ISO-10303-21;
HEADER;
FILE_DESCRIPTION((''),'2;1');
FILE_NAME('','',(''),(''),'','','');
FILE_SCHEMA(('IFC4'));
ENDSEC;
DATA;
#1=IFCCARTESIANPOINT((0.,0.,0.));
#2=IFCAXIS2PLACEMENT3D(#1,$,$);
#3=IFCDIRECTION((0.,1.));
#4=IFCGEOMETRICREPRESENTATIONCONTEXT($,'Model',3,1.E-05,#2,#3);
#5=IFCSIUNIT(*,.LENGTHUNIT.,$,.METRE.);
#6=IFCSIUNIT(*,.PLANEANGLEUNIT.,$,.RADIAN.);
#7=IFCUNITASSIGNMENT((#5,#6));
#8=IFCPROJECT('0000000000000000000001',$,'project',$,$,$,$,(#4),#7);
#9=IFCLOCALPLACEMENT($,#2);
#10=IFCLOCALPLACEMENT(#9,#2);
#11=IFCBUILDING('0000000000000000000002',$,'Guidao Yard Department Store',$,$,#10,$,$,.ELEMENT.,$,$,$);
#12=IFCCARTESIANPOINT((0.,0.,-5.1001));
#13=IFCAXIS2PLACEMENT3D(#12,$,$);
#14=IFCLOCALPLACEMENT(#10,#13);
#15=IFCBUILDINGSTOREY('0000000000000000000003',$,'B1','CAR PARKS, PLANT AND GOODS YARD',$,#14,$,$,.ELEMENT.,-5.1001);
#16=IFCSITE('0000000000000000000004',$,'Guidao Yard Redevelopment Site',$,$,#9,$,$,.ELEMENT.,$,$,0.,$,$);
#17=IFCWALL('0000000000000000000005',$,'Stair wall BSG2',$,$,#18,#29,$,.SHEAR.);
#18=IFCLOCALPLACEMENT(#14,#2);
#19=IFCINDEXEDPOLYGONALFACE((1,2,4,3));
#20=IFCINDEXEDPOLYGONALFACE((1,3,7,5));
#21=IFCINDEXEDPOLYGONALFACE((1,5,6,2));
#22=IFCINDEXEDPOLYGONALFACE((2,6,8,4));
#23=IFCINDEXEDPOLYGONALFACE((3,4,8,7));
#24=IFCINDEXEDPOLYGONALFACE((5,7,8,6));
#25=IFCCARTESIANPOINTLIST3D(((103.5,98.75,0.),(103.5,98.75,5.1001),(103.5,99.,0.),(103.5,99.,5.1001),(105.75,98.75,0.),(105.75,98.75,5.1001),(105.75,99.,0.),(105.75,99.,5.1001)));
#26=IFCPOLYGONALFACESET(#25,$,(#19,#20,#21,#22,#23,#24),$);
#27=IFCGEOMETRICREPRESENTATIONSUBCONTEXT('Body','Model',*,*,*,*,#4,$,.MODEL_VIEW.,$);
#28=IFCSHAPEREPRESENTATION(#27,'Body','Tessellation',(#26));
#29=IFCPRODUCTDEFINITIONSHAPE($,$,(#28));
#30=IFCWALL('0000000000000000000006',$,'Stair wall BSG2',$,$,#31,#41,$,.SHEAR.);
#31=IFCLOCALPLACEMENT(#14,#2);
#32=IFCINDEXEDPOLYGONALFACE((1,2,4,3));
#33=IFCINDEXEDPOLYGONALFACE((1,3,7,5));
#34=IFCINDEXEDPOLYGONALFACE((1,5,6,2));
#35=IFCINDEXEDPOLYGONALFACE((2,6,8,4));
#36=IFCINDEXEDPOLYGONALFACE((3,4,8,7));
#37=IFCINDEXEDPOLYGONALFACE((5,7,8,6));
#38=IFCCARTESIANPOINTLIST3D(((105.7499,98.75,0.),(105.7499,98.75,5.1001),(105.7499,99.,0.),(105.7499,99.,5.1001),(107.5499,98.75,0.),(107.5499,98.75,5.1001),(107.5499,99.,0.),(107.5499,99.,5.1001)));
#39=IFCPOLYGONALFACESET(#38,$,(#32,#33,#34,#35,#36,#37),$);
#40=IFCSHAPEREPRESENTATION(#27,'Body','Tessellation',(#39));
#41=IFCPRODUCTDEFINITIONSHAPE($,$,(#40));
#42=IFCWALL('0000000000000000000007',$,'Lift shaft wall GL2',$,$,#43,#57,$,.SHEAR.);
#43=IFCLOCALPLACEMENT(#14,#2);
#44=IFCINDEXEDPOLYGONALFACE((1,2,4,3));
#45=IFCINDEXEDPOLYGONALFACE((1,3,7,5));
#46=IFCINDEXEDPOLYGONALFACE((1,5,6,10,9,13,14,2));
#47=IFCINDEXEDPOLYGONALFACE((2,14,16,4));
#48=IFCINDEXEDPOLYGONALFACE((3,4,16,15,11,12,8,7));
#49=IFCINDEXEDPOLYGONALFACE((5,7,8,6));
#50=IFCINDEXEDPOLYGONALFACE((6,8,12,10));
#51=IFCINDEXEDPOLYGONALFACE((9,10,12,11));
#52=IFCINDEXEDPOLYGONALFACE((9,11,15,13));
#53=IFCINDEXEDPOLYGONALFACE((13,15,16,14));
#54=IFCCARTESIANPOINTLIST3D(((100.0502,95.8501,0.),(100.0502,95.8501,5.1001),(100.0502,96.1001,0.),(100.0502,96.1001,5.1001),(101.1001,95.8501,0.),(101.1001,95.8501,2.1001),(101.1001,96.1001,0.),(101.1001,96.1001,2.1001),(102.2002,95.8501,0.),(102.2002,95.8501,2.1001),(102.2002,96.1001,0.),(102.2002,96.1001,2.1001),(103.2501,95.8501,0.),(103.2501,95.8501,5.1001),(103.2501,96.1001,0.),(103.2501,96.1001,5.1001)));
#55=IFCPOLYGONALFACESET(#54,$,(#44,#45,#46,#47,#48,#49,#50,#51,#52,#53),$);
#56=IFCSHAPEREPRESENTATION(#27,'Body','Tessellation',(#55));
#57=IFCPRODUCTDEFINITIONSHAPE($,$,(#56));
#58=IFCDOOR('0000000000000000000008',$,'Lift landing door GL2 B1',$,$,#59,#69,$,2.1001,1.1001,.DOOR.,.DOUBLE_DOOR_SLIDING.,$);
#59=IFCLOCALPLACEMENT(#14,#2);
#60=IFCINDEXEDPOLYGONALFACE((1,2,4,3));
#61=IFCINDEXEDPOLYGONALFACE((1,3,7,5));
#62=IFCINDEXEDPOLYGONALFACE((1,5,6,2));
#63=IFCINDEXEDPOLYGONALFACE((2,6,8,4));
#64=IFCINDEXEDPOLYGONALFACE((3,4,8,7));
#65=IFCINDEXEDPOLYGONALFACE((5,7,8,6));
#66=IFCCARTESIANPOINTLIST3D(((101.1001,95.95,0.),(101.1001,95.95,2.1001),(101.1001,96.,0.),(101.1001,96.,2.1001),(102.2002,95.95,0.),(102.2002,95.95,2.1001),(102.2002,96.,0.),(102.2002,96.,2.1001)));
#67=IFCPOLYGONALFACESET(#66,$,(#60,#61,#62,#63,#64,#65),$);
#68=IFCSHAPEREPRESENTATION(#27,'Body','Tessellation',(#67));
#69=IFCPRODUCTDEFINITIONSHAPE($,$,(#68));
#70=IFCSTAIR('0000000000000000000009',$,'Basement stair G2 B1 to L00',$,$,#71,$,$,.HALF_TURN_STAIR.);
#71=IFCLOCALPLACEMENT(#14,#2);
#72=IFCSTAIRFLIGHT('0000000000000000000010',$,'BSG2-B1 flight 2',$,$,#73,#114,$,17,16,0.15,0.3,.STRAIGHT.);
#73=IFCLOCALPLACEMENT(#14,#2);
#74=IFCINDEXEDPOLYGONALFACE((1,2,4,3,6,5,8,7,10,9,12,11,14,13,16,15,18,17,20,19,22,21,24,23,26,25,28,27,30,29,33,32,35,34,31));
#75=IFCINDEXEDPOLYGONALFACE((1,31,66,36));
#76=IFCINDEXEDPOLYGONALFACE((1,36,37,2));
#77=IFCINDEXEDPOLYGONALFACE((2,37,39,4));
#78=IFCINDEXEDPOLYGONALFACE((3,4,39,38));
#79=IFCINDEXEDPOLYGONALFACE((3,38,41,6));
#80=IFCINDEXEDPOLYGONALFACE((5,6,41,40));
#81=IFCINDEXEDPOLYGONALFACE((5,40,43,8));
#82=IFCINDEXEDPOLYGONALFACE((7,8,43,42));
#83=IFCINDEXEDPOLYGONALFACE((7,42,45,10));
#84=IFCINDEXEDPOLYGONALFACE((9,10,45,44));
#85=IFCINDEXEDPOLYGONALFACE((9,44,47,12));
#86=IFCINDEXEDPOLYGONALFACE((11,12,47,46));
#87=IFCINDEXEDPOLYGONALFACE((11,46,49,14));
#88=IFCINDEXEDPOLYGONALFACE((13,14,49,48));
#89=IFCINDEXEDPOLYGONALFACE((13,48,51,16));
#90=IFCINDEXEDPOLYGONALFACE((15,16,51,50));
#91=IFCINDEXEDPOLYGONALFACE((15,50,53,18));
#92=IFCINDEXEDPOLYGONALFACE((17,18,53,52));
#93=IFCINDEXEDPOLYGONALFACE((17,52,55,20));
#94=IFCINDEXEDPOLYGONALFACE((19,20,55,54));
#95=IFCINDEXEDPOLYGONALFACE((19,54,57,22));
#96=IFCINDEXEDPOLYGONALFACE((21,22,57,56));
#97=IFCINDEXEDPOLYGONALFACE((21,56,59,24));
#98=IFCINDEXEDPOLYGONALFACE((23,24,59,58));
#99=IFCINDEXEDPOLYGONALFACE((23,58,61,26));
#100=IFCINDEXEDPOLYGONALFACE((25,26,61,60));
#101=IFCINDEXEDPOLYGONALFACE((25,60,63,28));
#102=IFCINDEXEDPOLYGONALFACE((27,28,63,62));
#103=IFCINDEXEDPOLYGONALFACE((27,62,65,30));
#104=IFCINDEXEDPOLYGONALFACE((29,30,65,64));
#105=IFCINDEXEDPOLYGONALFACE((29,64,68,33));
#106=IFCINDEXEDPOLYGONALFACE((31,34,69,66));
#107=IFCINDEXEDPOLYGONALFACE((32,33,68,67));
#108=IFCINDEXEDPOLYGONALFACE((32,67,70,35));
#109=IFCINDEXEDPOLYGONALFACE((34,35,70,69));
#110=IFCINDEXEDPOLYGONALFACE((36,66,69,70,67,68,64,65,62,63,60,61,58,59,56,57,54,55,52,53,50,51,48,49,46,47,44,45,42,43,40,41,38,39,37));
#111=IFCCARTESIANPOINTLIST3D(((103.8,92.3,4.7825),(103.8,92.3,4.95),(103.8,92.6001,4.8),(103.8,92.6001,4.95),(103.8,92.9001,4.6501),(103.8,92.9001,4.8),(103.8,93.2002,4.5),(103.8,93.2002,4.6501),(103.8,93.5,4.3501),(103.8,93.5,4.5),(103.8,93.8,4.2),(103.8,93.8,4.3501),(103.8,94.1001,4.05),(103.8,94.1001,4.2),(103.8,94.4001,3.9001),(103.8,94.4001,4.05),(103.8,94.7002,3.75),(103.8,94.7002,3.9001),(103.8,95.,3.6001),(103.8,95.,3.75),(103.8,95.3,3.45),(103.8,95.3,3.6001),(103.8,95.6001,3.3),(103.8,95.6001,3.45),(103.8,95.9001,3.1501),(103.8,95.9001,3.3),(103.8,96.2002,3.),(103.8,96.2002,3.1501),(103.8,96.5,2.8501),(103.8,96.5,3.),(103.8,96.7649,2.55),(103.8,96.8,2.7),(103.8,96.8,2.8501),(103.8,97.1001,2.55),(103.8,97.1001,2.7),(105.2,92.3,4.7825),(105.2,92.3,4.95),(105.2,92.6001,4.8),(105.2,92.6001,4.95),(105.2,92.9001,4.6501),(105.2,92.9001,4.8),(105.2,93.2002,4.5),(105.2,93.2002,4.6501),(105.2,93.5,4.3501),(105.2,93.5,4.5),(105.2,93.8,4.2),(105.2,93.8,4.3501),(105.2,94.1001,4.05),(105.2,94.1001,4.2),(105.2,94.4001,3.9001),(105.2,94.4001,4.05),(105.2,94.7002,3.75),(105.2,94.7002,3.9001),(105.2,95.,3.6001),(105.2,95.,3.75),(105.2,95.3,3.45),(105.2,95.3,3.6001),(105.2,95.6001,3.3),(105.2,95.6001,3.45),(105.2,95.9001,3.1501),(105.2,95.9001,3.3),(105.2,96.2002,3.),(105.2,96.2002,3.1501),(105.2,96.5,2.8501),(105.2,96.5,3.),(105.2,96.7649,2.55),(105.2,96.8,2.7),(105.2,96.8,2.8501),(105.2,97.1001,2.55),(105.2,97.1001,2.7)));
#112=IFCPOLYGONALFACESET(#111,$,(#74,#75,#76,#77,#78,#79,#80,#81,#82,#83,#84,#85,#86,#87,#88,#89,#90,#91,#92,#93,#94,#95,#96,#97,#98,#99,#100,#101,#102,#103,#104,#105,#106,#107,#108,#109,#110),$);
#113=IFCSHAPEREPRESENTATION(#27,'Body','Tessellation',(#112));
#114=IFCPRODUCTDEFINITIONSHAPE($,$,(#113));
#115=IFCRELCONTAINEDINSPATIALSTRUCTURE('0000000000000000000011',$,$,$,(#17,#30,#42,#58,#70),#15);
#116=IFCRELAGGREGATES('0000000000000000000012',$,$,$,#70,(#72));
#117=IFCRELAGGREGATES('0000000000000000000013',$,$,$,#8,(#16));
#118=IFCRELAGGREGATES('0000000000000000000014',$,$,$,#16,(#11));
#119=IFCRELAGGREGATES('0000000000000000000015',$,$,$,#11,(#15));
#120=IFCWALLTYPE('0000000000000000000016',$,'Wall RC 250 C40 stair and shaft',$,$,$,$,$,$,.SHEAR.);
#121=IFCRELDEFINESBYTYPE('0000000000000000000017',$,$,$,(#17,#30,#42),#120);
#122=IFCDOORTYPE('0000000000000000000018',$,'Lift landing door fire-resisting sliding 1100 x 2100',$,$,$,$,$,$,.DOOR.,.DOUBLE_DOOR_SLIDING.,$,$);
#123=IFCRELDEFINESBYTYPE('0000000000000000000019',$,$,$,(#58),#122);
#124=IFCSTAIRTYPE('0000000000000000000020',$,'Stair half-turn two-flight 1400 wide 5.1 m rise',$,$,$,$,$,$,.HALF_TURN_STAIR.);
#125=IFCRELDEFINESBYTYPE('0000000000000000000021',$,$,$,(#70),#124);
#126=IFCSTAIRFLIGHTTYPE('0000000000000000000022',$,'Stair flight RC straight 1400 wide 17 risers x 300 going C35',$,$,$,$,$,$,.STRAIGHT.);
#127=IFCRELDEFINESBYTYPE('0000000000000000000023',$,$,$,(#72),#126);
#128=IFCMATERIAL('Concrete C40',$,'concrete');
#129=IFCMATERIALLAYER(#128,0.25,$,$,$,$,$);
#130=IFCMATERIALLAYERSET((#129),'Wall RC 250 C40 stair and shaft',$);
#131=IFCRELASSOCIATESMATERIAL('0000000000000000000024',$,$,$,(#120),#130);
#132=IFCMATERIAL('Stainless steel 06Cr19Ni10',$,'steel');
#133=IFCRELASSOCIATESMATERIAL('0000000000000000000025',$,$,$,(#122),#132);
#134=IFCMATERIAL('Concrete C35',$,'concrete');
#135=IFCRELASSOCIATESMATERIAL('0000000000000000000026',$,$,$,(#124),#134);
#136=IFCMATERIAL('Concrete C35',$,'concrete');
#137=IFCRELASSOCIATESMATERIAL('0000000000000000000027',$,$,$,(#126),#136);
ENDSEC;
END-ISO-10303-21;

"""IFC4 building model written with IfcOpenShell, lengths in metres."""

from ifc_helpers import new_model, si_unit, direction, frame, frame_2d, origin, place, context, subcontext, project, spatial, polyline, rectangle, outline, extrude, material, layer, layer_set, type_object, element, fill, aggregate, save


model = new_model("IFC4")

# Units and contexts
model_context = context("Model", 3, precision=1e-05, world=origin(), true_north=direction((0.0, 1.0)))
body_context = subcontext(model_context, "Body", "Model", "MODEL_VIEW")
ifc_project = project(units=[si_unit("LENGTHUNIT", "METRE"), si_unit("PLANEANGLEUNIT", "RADIAN")], contexts=[model_context])

# Site, building, storey
site_placement = place(None, origin())
site = spatial("IfcSite", under=ifc_project, at=site_placement, Name="Guidao Yard Redevelopment Site", CompositionType="ELEMENT", RefElevation=0.0)
building_placement = place(site_placement, origin())
building = spatial("IfcBuilding", under=site, at=building_placement, Name="Guidao Yard Department Store", CompositionType="ELEMENT")
storey_placement = place(building_placement, frame((0.0, 0.0, -5.1001)))
storey = spatial("IfcBuildingStorey", under=building, at=storey_placement, Name="B1", Description="CAR PARKS, PLANT AND GOODS YARD", CompositionType="ELEMENT", Elevation=-5.1001)

# Walls
ifc_material_1 = material(Name="Concrete C40", Category="concrete")
ifc_layer_1 = layer(ifc_material_1, 0.25)
ifc_layer_set_1 = layer_set([ifc_layer_1], Name="Wall RC 250 C40 stair and shaft")
wall_type_1 = type_object("IfcWallType", Name="Wall RC 250 C40 stair and shaft", PredefinedType="SHEAR", material=ifc_layer_set_1)
wall_1_placement = place(storey_placement, frame((103.5, 98.875, 0.0), z_axis=(0.0, 0.0, 1.0), x_axis=(1.0, 0.0, 0.0)))
element("IfcWall", 1, at=wall_1_placement, inside=storey, type_object=wall_type_1, Name="Stair wall BSG2", PredefinedType="SHEAR", context=body_context, shape_type="SweptSolid", body=[
    extrude(rectangle(XDim=2.25, YDim=0.25, at=frame_2d((1.125, 0.0))), origin(), (0.0, 0.0, 1.0), 5.1001),
])
wall_2_placement = place(storey_placement, frame((105.75, 98.875, 0.0), z_axis=(0.0, 0.0, 1.0), x_axis=(1.0, 0.0, 0.0)))
element("IfcWall", 2, at=wall_2_placement, inside=storey, type_object=wall_type_1, Name="Stair wall BSG2", PredefinedType="SHEAR", context=body_context, shape_type="SweptSolid", body=[
    extrude(rectangle(XDim=1.8, YDim=0.25, at=frame_2d((0.8999, 0.0))), origin(), (0.0, 0.0, 1.0), 5.1001),
])

# Wall, opening, door
wall_3_placement = place(storey_placement, frame((100.05, 95.9751, 0.0), z_axis=(0.0, 0.0, 1.0), x_axis=(1.0, 0.0, 0.0)))
wall_3 = element("IfcWall", 3, at=wall_3_placement, inside=storey, type_object=wall_type_1, Name="Lift shaft wall GL2", PredefinedType="SHEAR", context=body_context, shape_type="SweptSolid", body=[
    extrude(rectangle(XDim=3.2, YDim=0.25, at=frame_2d((1.6001, 0.0))), origin(), (0.0, 0.0, 1.0), 5.1001),
])
opening_1_placement = place(wall_3_placement, frame((1.05, 0.0, 0.0)))
opening_1 = element("IfcOpeningElement", 4, at=opening_1_placement, cuts=wall_3, PredefinedType="OPENING", context=body_context, shape_type="SweptSolid", body=[
    extrude(rectangle(XDim=1.1001, YDim=2.1001, at=frame_2d((0.55, 1.05))), frame((0.0, 0.135, 0.0), z_axis=(0.0, -1.0, 0.0), x_axis=(1.0, 0.0, 0.0)), (0.0, 0.0, 1.0), 0.27),
])
ifc_material_2 = material(Name="Stainless steel 06Cr19Ni10", Category="steel")
door_type_1 = type_object("IfcDoorType", Name="Lift landing door fire-resisting sliding 1100 x 2100", OperationType="DOUBLE_DOOR_SLIDING", PredefinedType="DOOR", material=ifc_material_2)
door_1_placement = place(opening_1_placement, origin())
door_1 = element("IfcDoor", 5, at=door_1_placement, inside=storey, type_object=door_type_1, Name="Lift landing door GL2 B1", OperationType="DOUBLE_DOOR_SLIDING", OverallHeight=2.1001, OverallWidth=1.1001, PredefinedType="DOOR", context=body_context, shape_type="SweptSolid", body=[
    extrude(rectangle(XDim=1.1001, YDim=2.1001, at=frame_2d((0.55, 1.05))), frame((0.0, 0.0249, 0.0), z_axis=(0.0, -1.0, 0.0), x_axis=(1.0, 0.0, 0.0)), (0.0, 0.0, 1.0), 0.05),
])
fill(opening_1, door_1)

# Stair, stair flight
ifc_material_3 = material(Name="Concrete C35", Category="concrete")
stair_type = type_object("IfcStairType", Name="Stair half-turn two-flight 1400 wide 5.1 m rise", PredefinedType="HALF_TURN_STAIR", material=ifc_material_3)
stair_placement = place(storey_placement, origin())
stair = element("IfcStair", 6, at=stair_placement, inside=storey, type_object=stair_type, Name="Basement stair G2 B1 to L00", PredefinedType="HALF_TURN_STAIR")
ifc_material_4 = material(Name="Concrete C35", Category="concrete")
stair_flight_type = type_object("IfcStairFlightType", Name="Stair flight RC straight 1400 wide 17 risers x 300 going C35", PredefinedType="STRAIGHT", material=ifc_material_4)
stair_flight_placement = place(storey_placement, frame((104.5, 97.1001, 2.55), z_axis=(0.0, 0.0, 1.0), x_axis=(0.0, -1.0, 0.0)))
stair_flight = element("IfcStairFlight", 7, at=stair_flight_placement, type_object=stair_flight_type, Name="BSG2-B1 flight 2", NumberOfRisers=17, NumberOfTreads=16, PredefinedType="STRAIGHT", RiserHeight=0.15, TreadLength=0.3, context=body_context, shape_type="SweptSolid", body=[
    extrude(outline(polyline([(0.0, 0.0), (0.0, 0.1499), (0.3, 0.1499), (0.3, 0.3), (0.6001, 0.3), (0.6001, 0.45), (0.8999, 0.45), (0.8999, 0.6001), (1.2, 0.6001), (1.2, 0.75), (1.5, 0.75), (1.5, 0.8999), (1.8, 0.8999), (1.8, 1.05), (2.1001, 1.05), (2.1001, 1.2), (2.3999, 1.2), (2.3999, 1.3501), (2.7, 1.3501), (2.7, 1.5), (3.0, 1.5), (3.0, 1.6499), (3.3, 1.6499), (3.3, 1.8), (3.6001, 1.8), (3.6001, 1.95), (3.8999, 1.95), (3.8999, 2.1001), (4.2, 2.1001), (4.2, 2.25), (4.5, 2.25), (4.5, 2.3999), (4.8, 2.3999), (4.8, 2.55), (4.8, 2.2324), (0.3352, 0.0), (0.0, 0.0)])), frame((0.0, 0.7, 0.0), z_axis=(0.0, -1.0, 0.0), x_axis=(1.0, 0.0, 0.0)), (0.0, 0.0, 1.0), 1.3999),
])
aggregate(stair, [stair_flight])

save(model, "model.ifc")
